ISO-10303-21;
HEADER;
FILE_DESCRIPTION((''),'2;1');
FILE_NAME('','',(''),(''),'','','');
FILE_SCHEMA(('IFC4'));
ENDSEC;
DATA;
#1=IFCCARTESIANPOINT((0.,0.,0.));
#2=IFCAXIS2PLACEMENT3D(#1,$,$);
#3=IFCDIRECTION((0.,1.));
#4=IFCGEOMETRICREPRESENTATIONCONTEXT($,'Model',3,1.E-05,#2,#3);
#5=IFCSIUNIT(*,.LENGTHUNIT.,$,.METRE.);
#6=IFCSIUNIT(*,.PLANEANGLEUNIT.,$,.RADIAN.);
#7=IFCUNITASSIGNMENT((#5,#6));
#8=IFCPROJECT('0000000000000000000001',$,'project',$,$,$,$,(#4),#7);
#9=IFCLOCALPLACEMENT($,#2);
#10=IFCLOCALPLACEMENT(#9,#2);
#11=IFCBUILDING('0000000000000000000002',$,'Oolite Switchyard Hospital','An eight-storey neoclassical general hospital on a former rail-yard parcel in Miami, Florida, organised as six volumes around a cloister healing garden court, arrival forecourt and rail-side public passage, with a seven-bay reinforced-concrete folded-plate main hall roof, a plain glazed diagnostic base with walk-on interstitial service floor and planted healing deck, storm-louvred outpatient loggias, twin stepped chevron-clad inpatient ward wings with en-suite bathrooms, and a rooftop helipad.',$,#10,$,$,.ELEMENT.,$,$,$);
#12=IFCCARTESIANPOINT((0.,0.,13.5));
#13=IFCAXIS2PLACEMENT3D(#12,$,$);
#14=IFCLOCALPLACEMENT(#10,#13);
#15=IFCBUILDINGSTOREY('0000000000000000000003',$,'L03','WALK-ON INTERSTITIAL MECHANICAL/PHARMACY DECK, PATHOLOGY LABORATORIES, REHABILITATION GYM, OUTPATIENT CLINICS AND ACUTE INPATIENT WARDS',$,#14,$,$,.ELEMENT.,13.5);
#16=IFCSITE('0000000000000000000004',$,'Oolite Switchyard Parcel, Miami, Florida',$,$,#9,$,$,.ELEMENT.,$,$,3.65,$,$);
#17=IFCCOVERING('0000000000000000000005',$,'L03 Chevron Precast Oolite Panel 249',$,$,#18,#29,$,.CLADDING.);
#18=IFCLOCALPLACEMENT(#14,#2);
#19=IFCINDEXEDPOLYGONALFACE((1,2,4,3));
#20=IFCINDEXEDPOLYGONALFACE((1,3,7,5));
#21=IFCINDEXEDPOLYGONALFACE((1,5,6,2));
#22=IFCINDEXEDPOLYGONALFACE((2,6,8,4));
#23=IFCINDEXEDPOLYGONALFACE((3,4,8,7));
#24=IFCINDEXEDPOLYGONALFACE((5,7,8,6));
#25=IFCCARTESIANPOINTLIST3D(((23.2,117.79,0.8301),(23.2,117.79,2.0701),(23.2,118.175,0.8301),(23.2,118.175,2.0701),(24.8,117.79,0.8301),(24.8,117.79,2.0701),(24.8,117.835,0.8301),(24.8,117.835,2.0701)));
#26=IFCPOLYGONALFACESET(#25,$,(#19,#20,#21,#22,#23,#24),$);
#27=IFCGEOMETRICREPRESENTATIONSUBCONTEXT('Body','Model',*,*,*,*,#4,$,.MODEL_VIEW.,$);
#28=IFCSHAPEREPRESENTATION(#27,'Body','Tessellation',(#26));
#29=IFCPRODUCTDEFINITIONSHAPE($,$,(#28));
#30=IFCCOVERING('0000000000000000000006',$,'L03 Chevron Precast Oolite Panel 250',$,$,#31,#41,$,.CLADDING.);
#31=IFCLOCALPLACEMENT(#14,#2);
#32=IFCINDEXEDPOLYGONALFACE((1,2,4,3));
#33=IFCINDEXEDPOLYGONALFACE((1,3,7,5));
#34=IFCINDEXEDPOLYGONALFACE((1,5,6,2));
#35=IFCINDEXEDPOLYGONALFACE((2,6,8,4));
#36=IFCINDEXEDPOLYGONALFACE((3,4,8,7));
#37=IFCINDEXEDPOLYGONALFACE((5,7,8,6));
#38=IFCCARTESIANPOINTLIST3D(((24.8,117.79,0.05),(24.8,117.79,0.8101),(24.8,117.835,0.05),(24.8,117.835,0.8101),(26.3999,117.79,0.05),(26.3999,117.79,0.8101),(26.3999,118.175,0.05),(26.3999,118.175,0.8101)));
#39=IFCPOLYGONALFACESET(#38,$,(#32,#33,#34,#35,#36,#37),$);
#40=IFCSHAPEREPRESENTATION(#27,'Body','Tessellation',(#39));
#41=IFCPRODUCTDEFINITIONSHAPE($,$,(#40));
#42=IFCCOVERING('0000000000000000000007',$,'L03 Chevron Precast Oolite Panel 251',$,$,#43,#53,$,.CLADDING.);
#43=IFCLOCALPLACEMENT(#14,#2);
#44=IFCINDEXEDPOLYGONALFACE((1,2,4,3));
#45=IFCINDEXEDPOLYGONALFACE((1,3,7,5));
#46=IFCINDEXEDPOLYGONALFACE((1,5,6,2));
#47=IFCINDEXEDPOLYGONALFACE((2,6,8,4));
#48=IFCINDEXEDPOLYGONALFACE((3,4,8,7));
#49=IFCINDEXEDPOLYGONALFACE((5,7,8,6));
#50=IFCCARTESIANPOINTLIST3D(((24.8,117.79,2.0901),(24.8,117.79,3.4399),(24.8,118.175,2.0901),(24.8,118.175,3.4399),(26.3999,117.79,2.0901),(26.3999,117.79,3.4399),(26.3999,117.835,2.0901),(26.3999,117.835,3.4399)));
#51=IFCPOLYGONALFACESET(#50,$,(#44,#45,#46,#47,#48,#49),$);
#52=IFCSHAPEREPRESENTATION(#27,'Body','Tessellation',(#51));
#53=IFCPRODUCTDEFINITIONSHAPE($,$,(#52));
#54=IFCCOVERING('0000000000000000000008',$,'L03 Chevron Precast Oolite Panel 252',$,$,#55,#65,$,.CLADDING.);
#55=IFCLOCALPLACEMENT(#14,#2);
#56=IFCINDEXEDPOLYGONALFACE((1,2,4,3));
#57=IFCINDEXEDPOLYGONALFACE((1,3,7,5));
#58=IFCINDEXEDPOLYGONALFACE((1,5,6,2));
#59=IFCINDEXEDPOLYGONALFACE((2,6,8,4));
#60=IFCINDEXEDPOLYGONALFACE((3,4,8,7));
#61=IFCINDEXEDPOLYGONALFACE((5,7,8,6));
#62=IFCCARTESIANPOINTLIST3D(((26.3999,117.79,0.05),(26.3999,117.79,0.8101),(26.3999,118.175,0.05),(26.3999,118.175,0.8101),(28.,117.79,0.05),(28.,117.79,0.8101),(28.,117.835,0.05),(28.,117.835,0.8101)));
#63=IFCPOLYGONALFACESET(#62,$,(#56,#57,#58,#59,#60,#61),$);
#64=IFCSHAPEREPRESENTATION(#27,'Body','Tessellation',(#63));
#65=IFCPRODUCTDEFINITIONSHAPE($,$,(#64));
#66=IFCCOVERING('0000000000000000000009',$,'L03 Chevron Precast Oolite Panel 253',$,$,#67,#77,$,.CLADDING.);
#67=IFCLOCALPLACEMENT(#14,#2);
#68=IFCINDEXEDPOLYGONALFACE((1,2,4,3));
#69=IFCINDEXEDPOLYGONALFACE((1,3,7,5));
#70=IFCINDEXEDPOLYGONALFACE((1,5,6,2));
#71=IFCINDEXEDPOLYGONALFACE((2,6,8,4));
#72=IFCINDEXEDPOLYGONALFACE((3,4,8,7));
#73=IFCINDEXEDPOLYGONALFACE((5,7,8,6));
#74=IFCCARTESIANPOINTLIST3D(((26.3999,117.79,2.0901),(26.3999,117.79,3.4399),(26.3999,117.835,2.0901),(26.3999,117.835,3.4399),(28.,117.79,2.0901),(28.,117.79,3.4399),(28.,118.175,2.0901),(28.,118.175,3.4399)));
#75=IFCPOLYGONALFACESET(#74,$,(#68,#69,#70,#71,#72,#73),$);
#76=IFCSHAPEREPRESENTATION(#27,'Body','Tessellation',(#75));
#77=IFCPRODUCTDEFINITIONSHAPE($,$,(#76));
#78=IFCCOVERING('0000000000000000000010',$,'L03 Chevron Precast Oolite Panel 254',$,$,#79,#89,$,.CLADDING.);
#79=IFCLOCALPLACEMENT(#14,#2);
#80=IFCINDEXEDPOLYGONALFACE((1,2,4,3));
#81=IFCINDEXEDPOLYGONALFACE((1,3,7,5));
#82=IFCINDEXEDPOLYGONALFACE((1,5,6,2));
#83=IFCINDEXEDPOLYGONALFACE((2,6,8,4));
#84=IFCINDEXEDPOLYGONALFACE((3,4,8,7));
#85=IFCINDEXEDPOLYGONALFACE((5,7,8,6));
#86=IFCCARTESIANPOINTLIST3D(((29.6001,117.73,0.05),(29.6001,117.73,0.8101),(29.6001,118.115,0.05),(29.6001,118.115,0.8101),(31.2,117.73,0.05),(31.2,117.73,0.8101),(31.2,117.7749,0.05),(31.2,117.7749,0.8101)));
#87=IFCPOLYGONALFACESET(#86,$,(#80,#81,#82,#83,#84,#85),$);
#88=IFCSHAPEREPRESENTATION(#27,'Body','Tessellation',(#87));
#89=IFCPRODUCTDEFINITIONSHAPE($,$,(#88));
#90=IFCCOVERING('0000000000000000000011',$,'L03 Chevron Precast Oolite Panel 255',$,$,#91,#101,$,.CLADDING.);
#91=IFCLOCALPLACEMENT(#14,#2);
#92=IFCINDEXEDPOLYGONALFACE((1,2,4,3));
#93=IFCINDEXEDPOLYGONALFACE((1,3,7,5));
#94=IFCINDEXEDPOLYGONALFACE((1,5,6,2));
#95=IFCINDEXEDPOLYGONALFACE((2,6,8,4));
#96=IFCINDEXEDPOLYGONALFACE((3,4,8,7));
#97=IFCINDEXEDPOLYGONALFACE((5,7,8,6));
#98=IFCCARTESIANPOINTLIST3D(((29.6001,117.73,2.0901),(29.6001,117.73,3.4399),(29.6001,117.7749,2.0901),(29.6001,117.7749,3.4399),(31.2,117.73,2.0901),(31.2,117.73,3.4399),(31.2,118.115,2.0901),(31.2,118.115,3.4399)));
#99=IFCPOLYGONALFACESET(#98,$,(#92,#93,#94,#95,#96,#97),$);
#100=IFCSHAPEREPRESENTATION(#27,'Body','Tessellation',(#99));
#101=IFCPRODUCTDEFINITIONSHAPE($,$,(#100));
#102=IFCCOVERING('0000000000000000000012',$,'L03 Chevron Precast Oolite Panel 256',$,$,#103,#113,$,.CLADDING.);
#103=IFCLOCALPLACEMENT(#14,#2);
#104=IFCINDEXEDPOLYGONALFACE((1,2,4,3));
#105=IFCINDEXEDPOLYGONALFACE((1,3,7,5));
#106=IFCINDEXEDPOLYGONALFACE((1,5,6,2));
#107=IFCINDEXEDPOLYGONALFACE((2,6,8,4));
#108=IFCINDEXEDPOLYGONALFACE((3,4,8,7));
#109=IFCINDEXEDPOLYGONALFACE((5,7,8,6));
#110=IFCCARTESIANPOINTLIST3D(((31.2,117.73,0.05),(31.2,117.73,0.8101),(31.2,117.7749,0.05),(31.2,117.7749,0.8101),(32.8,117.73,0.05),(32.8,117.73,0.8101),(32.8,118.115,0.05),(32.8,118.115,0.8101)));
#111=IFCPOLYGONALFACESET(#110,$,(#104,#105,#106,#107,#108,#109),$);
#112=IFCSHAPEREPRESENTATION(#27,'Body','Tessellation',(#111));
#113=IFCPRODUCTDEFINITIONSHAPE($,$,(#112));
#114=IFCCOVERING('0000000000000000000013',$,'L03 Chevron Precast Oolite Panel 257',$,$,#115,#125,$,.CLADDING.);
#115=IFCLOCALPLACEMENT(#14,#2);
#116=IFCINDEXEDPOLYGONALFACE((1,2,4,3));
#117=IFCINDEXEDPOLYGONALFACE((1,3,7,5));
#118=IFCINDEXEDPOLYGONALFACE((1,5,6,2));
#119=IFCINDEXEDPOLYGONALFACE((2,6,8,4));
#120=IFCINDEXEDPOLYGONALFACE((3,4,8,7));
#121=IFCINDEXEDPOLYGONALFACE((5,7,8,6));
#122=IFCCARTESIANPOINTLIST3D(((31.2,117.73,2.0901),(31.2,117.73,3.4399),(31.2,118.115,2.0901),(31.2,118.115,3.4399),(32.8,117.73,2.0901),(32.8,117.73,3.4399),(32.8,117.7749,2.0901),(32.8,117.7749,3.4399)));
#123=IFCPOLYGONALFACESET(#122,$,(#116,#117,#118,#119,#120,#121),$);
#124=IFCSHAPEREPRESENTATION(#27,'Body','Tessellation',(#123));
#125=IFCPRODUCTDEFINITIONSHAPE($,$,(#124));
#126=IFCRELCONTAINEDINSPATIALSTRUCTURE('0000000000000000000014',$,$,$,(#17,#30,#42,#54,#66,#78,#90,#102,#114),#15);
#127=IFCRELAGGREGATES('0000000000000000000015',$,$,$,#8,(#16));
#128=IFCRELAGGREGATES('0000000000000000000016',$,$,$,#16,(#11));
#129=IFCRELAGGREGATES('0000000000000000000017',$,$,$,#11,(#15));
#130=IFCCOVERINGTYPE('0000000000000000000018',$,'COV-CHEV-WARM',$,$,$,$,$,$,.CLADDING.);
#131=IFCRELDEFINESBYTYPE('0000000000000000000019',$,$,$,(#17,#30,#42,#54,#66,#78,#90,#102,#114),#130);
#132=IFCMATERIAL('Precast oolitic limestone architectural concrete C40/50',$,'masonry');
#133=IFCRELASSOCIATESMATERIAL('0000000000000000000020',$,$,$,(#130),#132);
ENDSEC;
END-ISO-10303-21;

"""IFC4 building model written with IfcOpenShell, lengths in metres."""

from ifc_helpers import new_model, si_unit, direction, frame, origin, place, context, subcontext, project, spatial, polyline, outline, extrude, material, type_object, element, save


model = new_model("IFC4")

# Units and contexts
model_context = context("Model", 3, precision=1e-05, world=origin(), true_north=direction((0.0, 1.0)))
body_context = subcontext(model_context, "Body", "Model", "MODEL_VIEW")
ifc_project = project(units=[si_unit("LENGTHUNIT", "METRE"), si_unit("PLANEANGLEUNIT", "RADIAN")], contexts=[model_context])

# Site, building, storey
site_placement = place(None, origin())
site = spatial("IfcSite", under=ifc_project, at=site_placement, Name="Oolite Switchyard Parcel, Miami, Florida", CompositionType="ELEMENT", RefElevation=3.65)
building_placement = place(site_placement, origin())
building = spatial("IfcBuilding", under=site, at=building_placement, Name="Oolite Switchyard Hospital", Description="An eight-storey neoclassical general hospital on a former rail-yard parcel in Miami, Florida, organised as six volumes around a cloister healing garden court, arrival forecourt and rail-side public passage, with a seven-bay reinforced-concrete folded-plate main hall roof, a plain glazed diagnostic base with walk-on interstitial service floor and planted healing deck, storm-louvred outpatient loggias, twin stepped chevron-clad inpatient ward wings with en-suite bathrooms, and a rooftop helipad.", CompositionType="ELEMENT")
storey_placement = place(building_placement, frame((0.0, 0.0, 13.5)))
storey = spatial("IfcBuildingStorey", under=building, at=storey_placement, Name="L03", Description="WALK-ON INTERSTITIAL MECHANICAL/PHARMACY DECK, PATHOLOGY LABORATORIES, REHABILITATION GYM, OUTPATIENT CLINICS AND ACUTE INPATIENT WARDS", CompositionType="ELEMENT", Elevation=13.5)

# Shared definitions
ifc_material_1 = material(Name="Precast oolitic limestone architectural concrete C40/50", Category="masonry")

# Coverings
covering_type = type_object("IfcCoveringType", Name="COV-CHEV-WARM", PredefinedType="CLADDING", material=ifc_material_1)
covering_1_placement = place(storey_placement, frame((23.2, 117.79, 0.8301), z_axis=(0.0, 0.0, 1.0), x_axis=(1.0, 0.0, 0.0)))
element("IfcCovering", 1, at=covering_1_placement, inside=storey, type_object=covering_type, Name="L03 Chevron Precast Oolite Panel 249", PredefinedType="CLADDING", context=body_context, shape_type="SweptSolid", body=[
    extrude(outline(polyline([(0.0, 0.0), (1.6001, 0.0), (1.6001, 0.0449), (0.0, 0.385), (0.0, 0.0)])), origin(), (0.0, 0.0, 1.0), 1.24),
])
covering_2_placement = place(storey_placement, frame((24.8, 117.79, 0.05), z_axis=(0.0, 0.0, 1.0), x_axis=(1.0, 0.0, 0.0)))
element("IfcCovering", 2, at=covering_2_placement, inside=storey, type_object=covering_type, Name="L03 Chevron Precast Oolite Panel 250", PredefinedType="CLADDING", context=body_context, shape_type="SweptSolid", body=[
    extrude(outline(polyline([(0.0, 0.0), (1.5999, 0.0), (1.5999, 0.385), (0.0, 0.0449), (0.0, 0.0)])), origin(), (0.0, 0.0, 1.0), 0.76),
])
covering_3_placement = place(storey_placement, frame((24.8, 117.79, 2.0901), z_axis=(0.0, 0.0, 1.0), x_axis=(1.0, 0.0, 0.0)))
element("IfcCovering", 3, at=covering_3_placement, inside=storey, type_object=covering_type, Name="L03 Chevron Precast Oolite Panel 251", PredefinedType="CLADDING", context=body_context, shape_type="SweptSolid", body=[
    extrude(outline(polyline([(0.0, 0.0), (1.5999, 0.0), (1.5999, 0.0449), (0.0, 0.385), (0.0, 0.0)])), origin(), (0.0, 0.0, 1.0), 1.3499),
])
covering_4_placement = place(storey_placement, frame((26.3999, 117.79, 0.05), z_axis=(0.0, 0.0, 1.0), x_axis=(1.0, 0.0, 0.0)))
element("IfcCovering", 4, at=covering_4_placement, inside=storey, type_object=covering_type, Name="L03 Chevron Precast Oolite Panel 252", PredefinedType="CLADDING", context=body_context, shape_type="SweptSolid", body=[
    extrude(outline(polyline([(0.0, 0.0), (1.6001, 0.0), (1.6001, 0.0449), (0.0, 0.385), (0.0, 0.0)])), origin(), (0.0, 0.0, 1.0), 0.76),
])
covering_5_placement = place(storey_placement, frame((26.3999, 117.79, 2.0901), z_axis=(0.0, 0.0, 1.0), x_axis=(1.0, 0.0, 0.0)))
element("IfcCovering", 5, at=covering_5_placement, inside=storey, type_object=covering_type, Name="L03 Chevron Precast Oolite Panel 253", PredefinedType="CLADDING", context=body_context, shape_type="SweptSolid", body=[
    extrude(outline(polyline([(0.0, 0.0), (1.6001, 0.0), (1.6001, 0.385), (0.0, 0.0449), (0.0, 0.0)])), origin(), (0.0, 0.0, 1.0), 1.3499),
])
covering_6_placement = place(storey_placement, frame((29.6001, 117.73, 0.05), z_axis=(0.0, 0.0, 1.0), x_axis=(1.0, 0.0, 0.0)))
element("IfcCovering", 6, at=covering_6_placement, inside=storey, type_object=covering_type, Name="L03 Chevron Precast Oolite Panel 254", PredefinedType="CLADDING", context=body_context, shape_type="SweptSolid", body=[
    extrude(outline(polyline([(0.0, 0.0), (1.5999, 0.0), (1.5999, 0.0449), (0.0, 0.385), (0.0, 0.0)])), origin(), (0.0, 0.0, 1.0), 0.76),
])
covering_7_placement = place(storey_placement, frame((29.6001, 117.73, 2.0901), z_axis=(0.0, 0.0, 1.0), x_axis=(1.0, 0.0, 0.0)))
element("IfcCovering", 7, at=covering_7_placement, inside=storey, type_object=covering_type, Name="L03 Chevron Precast Oolite Panel 255", PredefinedType="CLADDING", context=body_context, shape_type="SweptSolid", body=[
    extrude(outline(polyline([(0.0, 0.0), (1.5999, 0.0), (1.5999, 0.385), (0.0, 0.0449), (0.0, 0.0)])), origin(), (0.0, 0.0, 1.0), 1.3499),
])
covering_8_placement = place(storey_placement, frame((31.2, 117.73, 0.05), z_axis=(0.0, 0.0, 1.0), x_axis=(1.0, 0.0, 0.0)))
element("IfcCovering", 8, at=covering_8_placement, inside=storey, type_object=covering_type, Name="L03 Chevron Precast Oolite Panel 256", PredefinedType="CLADDING", context=body_context, shape_type="SweptSolid", body=[
    extrude(outline(polyline([(0.0, 0.0), (1.6001, 0.0), (1.6001, 0.385), (0.0, 0.0449), (0.0, 0.0)])), origin(), (0.0, 0.0, 1.0), 0.76),
])
covering_9_placement = place(storey_placement, frame((31.2, 117.73, 2.0901), z_axis=(0.0, 0.0, 1.0), x_axis=(1.0, 0.0, 0.0)))
element("IfcCovering", 9, at=covering_9_placement, inside=storey, type_object=covering_type, Name="L03 Chevron Precast Oolite Panel 257", PredefinedType="CLADDING", context=body_context, shape_type="SweptSolid", body=[
    extrude(outline(polyline([(0.0, 0.0), (1.6001, 0.0), (1.6001, 0.0449), (0.0, 0.385), (0.0, 0.0)])), origin(), (0.0, 0.0, 1.0), 1.3499),
])

save(model, "model.ifc")
